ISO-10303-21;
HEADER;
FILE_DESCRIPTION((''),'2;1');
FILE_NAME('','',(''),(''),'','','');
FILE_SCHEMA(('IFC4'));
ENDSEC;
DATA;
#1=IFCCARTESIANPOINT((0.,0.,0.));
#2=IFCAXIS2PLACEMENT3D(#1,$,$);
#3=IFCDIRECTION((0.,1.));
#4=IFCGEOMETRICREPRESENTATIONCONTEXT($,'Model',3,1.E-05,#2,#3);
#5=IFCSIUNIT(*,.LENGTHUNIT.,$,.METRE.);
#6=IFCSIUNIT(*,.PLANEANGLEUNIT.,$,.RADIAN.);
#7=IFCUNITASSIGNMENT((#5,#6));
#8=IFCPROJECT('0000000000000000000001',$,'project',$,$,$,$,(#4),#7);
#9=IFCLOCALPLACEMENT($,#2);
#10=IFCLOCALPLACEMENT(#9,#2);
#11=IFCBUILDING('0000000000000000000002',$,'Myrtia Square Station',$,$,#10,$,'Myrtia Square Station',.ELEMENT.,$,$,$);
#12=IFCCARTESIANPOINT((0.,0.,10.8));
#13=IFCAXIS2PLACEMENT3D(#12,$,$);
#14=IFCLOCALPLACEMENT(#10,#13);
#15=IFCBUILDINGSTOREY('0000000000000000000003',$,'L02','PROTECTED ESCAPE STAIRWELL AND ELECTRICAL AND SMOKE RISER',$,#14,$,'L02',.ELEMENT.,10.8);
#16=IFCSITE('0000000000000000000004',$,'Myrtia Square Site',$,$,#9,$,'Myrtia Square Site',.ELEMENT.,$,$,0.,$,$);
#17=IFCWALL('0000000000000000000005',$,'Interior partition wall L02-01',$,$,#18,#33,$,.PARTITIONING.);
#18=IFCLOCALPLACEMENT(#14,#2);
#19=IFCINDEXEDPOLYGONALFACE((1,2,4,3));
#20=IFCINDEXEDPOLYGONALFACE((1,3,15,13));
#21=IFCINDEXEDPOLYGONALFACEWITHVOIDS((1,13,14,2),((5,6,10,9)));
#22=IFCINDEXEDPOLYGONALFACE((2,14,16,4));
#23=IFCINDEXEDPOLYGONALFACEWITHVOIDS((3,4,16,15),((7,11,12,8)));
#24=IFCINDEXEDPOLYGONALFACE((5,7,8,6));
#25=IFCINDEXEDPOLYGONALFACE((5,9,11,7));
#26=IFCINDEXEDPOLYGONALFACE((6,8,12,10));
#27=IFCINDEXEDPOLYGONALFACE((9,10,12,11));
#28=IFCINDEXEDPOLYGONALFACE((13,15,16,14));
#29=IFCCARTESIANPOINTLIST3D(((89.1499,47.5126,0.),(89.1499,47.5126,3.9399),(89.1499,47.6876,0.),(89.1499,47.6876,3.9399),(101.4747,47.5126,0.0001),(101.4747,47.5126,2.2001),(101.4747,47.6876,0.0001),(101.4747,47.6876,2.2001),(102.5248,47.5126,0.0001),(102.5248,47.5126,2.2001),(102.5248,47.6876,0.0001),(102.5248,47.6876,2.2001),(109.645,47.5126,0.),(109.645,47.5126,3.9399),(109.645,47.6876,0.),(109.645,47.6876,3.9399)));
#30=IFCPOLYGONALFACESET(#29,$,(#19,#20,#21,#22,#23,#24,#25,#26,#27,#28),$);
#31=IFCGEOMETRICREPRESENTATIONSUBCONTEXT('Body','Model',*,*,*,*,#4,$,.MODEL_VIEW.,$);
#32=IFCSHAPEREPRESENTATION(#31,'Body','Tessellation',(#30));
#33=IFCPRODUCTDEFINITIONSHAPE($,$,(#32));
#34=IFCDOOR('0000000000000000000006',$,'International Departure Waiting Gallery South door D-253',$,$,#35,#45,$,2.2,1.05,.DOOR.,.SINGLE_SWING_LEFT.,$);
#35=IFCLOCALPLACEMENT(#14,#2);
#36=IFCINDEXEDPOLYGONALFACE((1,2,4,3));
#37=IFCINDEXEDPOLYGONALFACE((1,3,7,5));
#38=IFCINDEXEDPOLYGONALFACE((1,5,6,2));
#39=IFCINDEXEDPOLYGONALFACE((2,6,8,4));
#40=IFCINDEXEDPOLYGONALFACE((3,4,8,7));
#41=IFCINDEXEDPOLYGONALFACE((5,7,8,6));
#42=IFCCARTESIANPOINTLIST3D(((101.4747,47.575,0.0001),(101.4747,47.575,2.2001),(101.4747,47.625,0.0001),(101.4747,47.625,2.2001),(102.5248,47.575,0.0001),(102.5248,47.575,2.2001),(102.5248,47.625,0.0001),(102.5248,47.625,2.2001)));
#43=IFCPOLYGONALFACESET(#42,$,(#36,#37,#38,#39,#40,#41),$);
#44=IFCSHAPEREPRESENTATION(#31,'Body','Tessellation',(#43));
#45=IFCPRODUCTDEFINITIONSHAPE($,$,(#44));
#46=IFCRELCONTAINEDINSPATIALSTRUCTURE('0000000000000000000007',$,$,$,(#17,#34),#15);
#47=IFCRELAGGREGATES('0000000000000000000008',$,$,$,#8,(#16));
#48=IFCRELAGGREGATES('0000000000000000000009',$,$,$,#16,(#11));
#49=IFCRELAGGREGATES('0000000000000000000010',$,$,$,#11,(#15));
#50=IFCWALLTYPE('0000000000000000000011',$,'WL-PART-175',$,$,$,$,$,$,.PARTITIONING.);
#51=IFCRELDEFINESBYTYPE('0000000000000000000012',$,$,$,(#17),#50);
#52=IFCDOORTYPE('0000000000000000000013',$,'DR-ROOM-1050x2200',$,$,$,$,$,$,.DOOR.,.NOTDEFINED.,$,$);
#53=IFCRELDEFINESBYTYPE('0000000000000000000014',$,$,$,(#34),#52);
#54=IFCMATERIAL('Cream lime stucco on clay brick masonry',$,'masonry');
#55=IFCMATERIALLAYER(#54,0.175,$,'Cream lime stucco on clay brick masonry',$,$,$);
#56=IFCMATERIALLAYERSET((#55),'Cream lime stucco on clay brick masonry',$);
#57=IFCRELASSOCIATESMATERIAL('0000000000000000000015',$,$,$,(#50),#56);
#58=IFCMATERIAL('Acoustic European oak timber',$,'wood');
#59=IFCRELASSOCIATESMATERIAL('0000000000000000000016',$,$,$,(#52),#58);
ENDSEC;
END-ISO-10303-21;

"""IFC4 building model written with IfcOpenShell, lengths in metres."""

from ifc_helpers import new_model, si_unit, direction, frame, frame_2d, origin, place, context, subcontext, project, spatial, rectangle, extrude, material, layer, layer_set, type_object, element, fill, save


model = new_model("IFC4")

# Units and contexts
model_context = context("Model", 3, precision=1e-05, world=origin(), true_north=direction((0.0, 1.0)))
body_context = subcontext(model_context, "Body", "Model", "MODEL_VIEW")
ifc_project = project(units=[si_unit("LENGTHUNIT", "METRE"), si_unit("PLANEANGLEUNIT", "RADIAN")], contexts=[model_context])

# Site, building, storey
site_placement = place(None, origin())
site = spatial("IfcSite", under=ifc_project, at=site_placement, Name="Myrtia Square Site", LongName="Myrtia Square Site", CompositionType="ELEMENT", RefElevation=0.0)
building_placement = place(site_placement, origin())
building = spatial("IfcBuilding", under=site, at=building_placement, Name="Myrtia Square Station", LongName="Myrtia Square Station", CompositionType="ELEMENT")
storey_placement = place(building_placement, frame((0.0, 0.0, 10.8)))
storey = spatial("IfcBuildingStorey", under=building, at=storey_placement, Name="L02", Description="PROTECTED ESCAPE STAIRWELL AND ELECTRICAL AND SMOKE RISER", LongName="L02", CompositionType="ELEMENT", Elevation=10.8)

# Wall, opening, door
ifc_material_1 = material(Name="Cream lime stucco on clay brick masonry", Category="masonry")
ifc_layer_1 = layer(ifc_material_1, 0.175, Name="Cream lime stucco on clay brick masonry")
ifc_layer_set_1 = layer_set([ifc_layer_1], Name="Cream lime stucco on clay brick masonry")
wall_type_1 = type_object("IfcWallType", Name="WL-PART-175", PredefinedType="PARTITIONING", material=ifc_layer_set_1)
wall_1_placement = place(storey_placement, frame((89.1499, 47.6001, 0.0), z_axis=(0.0, 0.0, 1.0), x_axis=(1.0, 0.0, 0.0)))
wall_1 = element("IfcWall", 1, at=wall_1_placement, inside=storey, type_object=wall_type_1, Name="Interior partition wall L02-01", PredefinedType="PARTITIONING", context=body_context, shape_type="SweptSolid", body=[
    extrude(rectangle(XDim=20.4951, YDim=0.175, at=frame_2d((10.2476, 0.0))), origin(), (0.0, 0.0, 1.0), 3.9399),
])
opening_1_placement = place(wall_1_placement, frame((12.325, 0.0, 0.0)))
opening_1 = element("IfcOpeningElement", 2, at=opening_1_placement, cuts=wall_1, PredefinedType="OPENING", context=body_context, shape_type="SweptSolid", body=[
    extrude(rectangle(XDim=1.05, YDim=2.2, at=frame_2d((0.5249, 1.1001))), frame((0.0, 0.1025, 0.0), z_axis=(0.0, -1.0, 0.0), x_axis=(1.0, 0.0, 0.0)), (0.0, 0.0, 1.0), 0.2051),
])
ifc_material_2 = material(Name="Acoustic European oak timber", Category="wood")
door_type_1 = type_object("IfcDoorType", Name="DR-ROOM-1050x2200", OperationType="NOTDEFINED", PredefinedType="DOOR", material=ifc_material_2)
door_1_placement = place(opening_1_placement, origin())
door_1 = element("IfcDoor", 3, at=door_1_placement, inside=storey, type_object=door_type_1, Name="International Departure Waiting Gallery South door D-253", OperationType="SINGLE_SWING_LEFT", OverallHeight=2.2, OverallWidth=1.05, PredefinedType="DOOR", context=body_context, shape_type="SweptSolid", body=[
    extrude(rectangle(XDim=1.05, YDim=2.2, at=frame_2d((0.5249, 1.1001))), frame((0.0, 0.0249, 0.0), z_axis=(0.0, -1.0, 0.0), x_axis=(1.0, 0.0, 0.0)), (0.0, 0.0, 1.0), 0.05),
])
fill(opening_1, door_1)

save(model, "model.ifc")
